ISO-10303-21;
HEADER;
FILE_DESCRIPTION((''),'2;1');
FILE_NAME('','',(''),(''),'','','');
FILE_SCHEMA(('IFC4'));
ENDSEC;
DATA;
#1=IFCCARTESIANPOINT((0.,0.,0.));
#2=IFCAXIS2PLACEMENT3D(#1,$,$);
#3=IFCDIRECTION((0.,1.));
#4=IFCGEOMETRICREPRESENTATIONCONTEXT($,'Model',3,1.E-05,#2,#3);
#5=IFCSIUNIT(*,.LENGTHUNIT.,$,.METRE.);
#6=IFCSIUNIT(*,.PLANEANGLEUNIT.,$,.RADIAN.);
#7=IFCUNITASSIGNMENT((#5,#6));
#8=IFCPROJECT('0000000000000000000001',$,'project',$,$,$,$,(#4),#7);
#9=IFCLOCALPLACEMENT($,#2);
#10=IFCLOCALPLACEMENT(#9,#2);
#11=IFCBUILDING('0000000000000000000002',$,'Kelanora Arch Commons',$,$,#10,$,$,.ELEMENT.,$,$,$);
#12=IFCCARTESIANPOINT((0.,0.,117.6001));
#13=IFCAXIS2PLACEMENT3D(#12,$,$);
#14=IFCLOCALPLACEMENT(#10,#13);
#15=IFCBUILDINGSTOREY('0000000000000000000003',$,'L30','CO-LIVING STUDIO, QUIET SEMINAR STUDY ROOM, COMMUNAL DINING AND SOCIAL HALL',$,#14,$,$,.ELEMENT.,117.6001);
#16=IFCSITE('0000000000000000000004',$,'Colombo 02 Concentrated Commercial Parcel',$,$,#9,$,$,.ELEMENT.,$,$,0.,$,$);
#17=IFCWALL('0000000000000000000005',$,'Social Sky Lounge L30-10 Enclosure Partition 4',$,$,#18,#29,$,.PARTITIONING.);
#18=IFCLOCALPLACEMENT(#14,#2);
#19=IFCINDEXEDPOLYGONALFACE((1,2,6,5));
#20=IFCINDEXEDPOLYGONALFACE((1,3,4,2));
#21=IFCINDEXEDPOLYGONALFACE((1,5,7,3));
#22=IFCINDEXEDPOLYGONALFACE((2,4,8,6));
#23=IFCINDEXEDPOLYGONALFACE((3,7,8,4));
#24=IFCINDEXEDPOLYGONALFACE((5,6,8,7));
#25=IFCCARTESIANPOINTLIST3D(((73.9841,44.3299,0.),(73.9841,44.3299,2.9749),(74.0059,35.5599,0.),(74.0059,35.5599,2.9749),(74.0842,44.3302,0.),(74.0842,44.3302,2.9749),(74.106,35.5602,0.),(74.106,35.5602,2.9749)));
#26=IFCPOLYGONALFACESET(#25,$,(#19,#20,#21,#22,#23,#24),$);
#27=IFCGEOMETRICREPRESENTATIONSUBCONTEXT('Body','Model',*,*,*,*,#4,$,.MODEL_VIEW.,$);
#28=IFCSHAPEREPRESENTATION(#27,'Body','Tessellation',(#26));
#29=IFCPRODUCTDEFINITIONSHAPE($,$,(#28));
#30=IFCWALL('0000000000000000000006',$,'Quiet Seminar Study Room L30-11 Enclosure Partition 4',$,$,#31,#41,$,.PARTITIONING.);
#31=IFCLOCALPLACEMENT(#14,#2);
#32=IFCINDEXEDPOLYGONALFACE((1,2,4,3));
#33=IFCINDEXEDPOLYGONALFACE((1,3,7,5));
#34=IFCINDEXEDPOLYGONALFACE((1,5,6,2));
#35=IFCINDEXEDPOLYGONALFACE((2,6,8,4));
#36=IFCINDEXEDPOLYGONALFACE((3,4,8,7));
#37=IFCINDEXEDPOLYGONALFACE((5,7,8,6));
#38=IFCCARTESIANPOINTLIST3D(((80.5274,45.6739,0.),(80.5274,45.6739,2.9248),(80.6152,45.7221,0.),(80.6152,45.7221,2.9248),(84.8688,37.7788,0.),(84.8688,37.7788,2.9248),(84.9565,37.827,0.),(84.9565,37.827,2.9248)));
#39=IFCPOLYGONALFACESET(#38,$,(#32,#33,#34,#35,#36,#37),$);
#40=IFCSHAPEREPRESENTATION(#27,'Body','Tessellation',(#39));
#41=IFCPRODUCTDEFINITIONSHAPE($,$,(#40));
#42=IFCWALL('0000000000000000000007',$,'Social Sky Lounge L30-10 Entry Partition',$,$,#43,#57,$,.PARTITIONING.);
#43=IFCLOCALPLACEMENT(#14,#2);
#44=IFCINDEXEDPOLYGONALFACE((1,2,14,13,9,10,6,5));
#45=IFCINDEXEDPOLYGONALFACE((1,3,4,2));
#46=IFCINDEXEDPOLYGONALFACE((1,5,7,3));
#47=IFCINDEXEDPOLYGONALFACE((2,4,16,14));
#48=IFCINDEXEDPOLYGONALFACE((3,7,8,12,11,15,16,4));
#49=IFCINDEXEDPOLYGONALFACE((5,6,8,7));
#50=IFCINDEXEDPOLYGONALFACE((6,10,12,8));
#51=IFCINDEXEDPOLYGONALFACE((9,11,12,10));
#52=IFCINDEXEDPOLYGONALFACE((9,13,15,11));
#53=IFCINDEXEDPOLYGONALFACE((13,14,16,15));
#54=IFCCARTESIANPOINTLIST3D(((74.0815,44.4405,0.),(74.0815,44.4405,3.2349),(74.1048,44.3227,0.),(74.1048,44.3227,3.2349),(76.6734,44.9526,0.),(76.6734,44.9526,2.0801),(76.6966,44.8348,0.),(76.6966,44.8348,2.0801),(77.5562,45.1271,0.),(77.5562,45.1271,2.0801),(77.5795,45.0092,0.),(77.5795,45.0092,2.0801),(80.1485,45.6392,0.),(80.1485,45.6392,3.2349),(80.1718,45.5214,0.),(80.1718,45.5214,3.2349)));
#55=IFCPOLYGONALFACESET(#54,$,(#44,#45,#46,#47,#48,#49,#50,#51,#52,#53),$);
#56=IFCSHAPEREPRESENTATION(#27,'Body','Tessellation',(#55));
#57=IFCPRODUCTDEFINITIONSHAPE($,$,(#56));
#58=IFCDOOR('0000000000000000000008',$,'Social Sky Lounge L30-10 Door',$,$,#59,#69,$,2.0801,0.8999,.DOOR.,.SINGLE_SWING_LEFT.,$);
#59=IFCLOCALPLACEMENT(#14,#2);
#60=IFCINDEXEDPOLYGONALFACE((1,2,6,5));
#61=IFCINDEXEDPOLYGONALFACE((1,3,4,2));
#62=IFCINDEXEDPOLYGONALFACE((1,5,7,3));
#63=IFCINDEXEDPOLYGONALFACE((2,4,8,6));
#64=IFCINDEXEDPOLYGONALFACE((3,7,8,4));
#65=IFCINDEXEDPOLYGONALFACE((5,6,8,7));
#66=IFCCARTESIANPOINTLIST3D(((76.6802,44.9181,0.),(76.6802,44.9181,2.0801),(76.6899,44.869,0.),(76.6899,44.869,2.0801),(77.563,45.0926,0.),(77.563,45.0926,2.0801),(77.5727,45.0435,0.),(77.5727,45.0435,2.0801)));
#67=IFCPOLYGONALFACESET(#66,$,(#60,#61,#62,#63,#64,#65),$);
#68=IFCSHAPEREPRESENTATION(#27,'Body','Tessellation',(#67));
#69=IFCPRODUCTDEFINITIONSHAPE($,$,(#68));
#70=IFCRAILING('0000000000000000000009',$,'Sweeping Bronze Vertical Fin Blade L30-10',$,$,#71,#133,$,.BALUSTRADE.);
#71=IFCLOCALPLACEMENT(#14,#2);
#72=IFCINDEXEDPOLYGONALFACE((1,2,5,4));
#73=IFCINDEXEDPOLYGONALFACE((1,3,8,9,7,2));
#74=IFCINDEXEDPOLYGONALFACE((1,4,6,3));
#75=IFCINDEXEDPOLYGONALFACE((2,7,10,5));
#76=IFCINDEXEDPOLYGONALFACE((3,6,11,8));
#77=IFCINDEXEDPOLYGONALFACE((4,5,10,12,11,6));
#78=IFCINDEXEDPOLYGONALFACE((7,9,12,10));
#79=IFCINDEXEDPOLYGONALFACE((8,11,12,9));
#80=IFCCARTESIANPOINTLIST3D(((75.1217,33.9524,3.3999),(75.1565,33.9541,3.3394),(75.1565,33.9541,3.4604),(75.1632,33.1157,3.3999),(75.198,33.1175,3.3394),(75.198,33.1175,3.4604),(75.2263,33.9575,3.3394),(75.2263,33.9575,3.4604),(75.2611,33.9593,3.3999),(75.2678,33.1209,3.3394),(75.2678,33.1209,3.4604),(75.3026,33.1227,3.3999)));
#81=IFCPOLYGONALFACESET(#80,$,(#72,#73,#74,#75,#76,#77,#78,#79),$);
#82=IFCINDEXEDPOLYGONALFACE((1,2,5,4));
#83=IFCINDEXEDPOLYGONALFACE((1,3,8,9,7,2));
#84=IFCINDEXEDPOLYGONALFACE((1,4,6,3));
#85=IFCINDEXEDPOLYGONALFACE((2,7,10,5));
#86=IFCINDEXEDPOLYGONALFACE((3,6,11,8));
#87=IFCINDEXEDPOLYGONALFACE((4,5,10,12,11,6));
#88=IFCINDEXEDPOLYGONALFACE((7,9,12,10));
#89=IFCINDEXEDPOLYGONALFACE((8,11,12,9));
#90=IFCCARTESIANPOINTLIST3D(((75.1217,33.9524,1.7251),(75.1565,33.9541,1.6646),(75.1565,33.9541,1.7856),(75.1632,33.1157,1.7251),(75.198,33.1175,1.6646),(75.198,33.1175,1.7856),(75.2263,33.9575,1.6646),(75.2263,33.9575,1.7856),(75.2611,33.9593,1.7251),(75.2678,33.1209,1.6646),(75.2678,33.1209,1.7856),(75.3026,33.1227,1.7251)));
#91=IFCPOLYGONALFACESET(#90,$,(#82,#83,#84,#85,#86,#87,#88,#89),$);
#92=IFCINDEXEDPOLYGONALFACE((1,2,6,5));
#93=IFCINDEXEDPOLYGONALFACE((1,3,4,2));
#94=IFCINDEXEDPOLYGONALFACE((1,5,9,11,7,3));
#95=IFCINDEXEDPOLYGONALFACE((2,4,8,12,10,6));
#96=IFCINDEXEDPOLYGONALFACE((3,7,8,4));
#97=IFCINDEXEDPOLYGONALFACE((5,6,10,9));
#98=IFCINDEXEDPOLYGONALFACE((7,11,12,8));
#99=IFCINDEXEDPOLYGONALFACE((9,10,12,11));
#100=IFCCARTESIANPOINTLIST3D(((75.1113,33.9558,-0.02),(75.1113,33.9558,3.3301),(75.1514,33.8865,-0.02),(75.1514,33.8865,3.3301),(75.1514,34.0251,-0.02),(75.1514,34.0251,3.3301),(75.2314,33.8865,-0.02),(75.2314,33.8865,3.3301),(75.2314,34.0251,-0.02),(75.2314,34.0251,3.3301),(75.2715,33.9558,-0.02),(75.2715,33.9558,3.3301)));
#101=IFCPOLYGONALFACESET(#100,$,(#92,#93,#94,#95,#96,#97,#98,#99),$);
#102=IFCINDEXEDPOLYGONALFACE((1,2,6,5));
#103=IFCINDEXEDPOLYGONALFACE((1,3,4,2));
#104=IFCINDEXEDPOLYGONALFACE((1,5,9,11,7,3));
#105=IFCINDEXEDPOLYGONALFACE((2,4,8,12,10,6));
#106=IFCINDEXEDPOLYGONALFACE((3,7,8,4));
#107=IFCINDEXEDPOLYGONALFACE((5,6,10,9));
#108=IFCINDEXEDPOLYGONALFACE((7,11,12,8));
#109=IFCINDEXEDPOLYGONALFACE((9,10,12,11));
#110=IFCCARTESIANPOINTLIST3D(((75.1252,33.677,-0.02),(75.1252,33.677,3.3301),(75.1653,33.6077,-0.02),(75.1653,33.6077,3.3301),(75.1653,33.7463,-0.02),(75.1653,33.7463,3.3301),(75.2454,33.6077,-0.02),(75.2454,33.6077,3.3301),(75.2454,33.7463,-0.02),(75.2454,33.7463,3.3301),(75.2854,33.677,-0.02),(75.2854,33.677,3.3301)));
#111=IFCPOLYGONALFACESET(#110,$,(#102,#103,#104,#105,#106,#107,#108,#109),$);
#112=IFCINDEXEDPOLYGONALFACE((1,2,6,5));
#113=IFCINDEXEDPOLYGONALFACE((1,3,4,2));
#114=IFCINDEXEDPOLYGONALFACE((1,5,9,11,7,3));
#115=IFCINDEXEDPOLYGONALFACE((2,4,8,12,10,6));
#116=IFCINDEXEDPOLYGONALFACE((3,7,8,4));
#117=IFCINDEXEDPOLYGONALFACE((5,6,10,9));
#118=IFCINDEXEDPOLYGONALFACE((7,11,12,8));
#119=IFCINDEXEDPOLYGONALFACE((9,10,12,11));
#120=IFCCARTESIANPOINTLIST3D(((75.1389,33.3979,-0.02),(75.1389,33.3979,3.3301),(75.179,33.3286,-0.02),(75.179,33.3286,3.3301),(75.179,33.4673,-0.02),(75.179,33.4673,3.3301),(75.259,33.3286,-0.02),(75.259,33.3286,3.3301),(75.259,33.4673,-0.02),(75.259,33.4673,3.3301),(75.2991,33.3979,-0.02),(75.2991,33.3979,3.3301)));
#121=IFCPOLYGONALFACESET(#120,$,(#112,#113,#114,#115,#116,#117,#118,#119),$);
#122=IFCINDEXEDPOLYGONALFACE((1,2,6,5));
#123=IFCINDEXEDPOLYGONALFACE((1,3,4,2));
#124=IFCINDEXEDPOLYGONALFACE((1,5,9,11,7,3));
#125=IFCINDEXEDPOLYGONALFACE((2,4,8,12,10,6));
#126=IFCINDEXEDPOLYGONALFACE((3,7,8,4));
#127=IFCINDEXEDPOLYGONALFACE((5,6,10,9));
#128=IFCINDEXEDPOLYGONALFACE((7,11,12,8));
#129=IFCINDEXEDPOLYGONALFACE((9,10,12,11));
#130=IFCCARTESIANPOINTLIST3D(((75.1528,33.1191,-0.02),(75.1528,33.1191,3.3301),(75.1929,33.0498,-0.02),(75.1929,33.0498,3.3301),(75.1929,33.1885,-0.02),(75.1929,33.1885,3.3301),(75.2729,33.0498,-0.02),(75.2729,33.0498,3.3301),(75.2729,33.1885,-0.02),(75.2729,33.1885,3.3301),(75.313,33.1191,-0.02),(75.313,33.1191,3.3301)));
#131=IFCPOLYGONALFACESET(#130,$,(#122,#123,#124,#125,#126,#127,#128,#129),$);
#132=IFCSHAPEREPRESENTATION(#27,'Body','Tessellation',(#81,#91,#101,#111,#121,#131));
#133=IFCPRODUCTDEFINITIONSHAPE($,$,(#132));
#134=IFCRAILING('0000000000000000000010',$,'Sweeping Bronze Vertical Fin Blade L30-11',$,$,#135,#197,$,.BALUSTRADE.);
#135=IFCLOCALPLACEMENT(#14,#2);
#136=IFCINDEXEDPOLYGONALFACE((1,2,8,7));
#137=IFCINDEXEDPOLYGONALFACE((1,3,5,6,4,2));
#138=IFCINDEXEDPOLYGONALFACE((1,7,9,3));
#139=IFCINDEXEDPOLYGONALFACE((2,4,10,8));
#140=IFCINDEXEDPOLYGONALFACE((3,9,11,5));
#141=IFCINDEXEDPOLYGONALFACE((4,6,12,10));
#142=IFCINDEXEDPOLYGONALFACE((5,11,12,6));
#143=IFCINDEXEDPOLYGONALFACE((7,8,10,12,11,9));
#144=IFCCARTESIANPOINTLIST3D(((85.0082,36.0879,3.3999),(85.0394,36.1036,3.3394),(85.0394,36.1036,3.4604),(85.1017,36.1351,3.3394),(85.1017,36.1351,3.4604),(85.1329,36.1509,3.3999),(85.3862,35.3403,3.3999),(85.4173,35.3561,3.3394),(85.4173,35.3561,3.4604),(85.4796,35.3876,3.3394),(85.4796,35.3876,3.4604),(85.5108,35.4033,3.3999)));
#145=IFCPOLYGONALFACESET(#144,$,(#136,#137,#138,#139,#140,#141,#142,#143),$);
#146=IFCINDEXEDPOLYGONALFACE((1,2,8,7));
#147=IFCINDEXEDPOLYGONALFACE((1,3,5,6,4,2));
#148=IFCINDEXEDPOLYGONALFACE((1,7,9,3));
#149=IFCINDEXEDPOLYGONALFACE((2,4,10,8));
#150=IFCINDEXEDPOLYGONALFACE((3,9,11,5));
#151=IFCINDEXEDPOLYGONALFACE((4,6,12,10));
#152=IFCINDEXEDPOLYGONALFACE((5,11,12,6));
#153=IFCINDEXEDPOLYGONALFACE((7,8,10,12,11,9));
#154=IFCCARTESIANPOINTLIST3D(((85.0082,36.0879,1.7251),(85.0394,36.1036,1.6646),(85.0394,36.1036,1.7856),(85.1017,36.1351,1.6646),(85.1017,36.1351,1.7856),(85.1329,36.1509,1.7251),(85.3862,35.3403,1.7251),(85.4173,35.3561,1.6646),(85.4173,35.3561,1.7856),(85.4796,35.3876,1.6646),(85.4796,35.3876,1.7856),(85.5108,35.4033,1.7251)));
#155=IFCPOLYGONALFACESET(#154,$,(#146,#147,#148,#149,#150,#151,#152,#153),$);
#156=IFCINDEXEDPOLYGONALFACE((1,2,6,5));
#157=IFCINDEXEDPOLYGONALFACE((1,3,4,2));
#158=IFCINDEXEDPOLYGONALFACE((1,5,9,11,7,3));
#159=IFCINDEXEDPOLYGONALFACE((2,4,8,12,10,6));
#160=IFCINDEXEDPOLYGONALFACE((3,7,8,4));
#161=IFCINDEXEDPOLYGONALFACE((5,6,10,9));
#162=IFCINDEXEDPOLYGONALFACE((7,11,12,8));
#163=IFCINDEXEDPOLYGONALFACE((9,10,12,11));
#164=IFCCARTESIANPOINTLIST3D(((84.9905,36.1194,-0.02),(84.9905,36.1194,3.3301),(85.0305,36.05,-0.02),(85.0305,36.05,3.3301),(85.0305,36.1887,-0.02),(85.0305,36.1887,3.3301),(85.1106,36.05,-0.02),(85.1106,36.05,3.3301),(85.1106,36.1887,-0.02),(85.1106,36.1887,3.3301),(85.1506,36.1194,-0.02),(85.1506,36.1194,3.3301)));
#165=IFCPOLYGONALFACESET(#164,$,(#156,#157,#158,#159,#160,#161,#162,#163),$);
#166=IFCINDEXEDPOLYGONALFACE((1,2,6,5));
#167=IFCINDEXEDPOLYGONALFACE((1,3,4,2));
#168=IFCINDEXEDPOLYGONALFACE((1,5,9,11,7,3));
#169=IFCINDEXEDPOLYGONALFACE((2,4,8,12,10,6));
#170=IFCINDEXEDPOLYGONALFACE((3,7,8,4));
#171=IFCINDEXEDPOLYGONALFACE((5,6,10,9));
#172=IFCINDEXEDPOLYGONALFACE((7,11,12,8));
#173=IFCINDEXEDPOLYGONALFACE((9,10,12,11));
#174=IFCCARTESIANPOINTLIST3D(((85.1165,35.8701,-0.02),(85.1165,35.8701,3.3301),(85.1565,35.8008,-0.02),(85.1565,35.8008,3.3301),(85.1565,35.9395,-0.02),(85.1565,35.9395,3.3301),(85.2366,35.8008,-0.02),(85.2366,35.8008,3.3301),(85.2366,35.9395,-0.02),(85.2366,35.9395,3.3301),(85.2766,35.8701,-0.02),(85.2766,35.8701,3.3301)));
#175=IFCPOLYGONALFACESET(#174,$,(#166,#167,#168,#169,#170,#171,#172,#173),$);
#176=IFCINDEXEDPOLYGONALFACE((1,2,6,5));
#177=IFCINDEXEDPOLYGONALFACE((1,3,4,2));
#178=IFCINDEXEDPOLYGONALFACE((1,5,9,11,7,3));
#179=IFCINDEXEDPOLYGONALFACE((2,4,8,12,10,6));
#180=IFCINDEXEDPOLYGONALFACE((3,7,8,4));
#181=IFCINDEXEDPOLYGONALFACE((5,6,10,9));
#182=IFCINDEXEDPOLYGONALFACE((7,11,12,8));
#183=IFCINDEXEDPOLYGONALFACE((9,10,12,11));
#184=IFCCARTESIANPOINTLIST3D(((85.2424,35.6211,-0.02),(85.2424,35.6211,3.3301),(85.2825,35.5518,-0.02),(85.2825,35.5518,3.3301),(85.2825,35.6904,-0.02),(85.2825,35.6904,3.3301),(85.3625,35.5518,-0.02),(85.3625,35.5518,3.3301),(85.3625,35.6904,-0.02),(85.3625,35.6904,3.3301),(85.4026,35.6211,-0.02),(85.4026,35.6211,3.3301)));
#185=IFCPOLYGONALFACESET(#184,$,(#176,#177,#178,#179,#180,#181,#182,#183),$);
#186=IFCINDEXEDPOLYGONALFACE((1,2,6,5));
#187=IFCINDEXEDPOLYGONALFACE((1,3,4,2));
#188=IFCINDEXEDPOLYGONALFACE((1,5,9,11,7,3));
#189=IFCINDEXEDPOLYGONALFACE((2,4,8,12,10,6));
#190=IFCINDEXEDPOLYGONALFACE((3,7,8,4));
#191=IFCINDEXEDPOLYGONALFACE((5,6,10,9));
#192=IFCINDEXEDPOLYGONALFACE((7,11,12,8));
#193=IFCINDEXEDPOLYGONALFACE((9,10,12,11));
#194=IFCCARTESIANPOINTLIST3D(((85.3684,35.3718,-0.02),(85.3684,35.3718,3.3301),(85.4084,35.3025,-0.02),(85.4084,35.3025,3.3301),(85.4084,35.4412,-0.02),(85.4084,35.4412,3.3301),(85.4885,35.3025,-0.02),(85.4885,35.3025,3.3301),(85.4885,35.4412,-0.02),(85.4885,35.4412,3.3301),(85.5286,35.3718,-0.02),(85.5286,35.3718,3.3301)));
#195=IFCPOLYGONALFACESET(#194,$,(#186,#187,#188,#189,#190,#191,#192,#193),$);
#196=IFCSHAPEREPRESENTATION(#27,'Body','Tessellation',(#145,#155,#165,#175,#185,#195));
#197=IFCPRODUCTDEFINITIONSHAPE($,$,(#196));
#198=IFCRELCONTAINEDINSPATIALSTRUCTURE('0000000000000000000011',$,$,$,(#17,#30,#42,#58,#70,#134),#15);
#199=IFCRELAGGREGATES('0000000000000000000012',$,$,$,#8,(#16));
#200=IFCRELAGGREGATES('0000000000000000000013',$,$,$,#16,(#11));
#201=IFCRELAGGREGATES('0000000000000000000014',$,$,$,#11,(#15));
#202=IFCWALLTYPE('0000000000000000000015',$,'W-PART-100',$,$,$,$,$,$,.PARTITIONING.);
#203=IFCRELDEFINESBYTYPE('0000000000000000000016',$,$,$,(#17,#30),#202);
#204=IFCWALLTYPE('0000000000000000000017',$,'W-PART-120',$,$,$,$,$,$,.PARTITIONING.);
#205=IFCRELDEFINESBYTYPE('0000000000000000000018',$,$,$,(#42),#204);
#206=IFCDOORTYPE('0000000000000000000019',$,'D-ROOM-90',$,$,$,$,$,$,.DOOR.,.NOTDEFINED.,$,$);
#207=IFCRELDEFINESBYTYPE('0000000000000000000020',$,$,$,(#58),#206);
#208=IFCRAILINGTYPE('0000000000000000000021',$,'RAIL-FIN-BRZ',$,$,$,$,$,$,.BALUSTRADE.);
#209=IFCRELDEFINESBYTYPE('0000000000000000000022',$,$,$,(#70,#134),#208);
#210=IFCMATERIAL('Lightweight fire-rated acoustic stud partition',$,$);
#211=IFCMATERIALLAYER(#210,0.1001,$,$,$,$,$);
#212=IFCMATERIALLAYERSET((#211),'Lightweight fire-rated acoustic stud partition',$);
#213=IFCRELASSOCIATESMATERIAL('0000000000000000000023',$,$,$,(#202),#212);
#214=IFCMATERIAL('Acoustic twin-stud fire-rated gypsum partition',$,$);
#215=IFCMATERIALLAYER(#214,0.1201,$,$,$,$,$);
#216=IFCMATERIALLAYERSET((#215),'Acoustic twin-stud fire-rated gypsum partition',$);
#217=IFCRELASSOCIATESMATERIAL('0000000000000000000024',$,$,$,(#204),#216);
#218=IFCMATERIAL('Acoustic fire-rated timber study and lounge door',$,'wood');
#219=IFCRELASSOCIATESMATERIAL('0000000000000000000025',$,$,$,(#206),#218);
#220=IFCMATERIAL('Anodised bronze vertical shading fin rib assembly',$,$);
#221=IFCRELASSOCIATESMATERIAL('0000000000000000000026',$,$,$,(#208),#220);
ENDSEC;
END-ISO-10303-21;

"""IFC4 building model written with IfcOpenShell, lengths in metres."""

from ifc_helpers import new_model, si_unit, direction, frame, frame_2d, origin, place, context, subcontext, project, spatial, polyline, rectangle, outline, extrude, material, layer, layer_set, type_object, element, fill, save


model = new_model("IFC4")

# Units and contexts
model_context = context("Model", 3, precision=1e-05, world=origin(), true_north=direction((0.0, 1.0)))
body_context = subcontext(model_context, "Body", "Model", "MODEL_VIEW")
ifc_project = project(units=[si_unit("LENGTHUNIT", "METRE"), si_unit("PLANEANGLEUNIT", "RADIAN")], contexts=[model_context])

# Site, building, storey
site_placement = place(None, origin())
site = spatial("IfcSite", under=ifc_project, at=site_placement, Name="Colombo 02 Concentrated Commercial Parcel", CompositionType="ELEMENT", RefElevation=0.0)
building_placement = place(site_placement, origin())
building = spatial("IfcBuilding", under=site, at=building_placement, Name="Kelanora Arch Commons", CompositionType="ELEMENT")
storey_placement = place(building_placement, frame((0.0, 0.0, 117.6001)))
storey = spatial("IfcBuildingStorey", under=building, at=storey_placement, Name="L30", Description="CO-LIVING STUDIO, QUIET SEMINAR STUDY ROOM, COMMUNAL DINING AND SOCIAL HALL", CompositionType="ELEMENT", Elevation=117.6001)

# Walls
ifc_material_1 = material(Name="Lightweight fire-rated acoustic stud partition")
ifc_layer_1 = layer(ifc_material_1, 0.1001)
ifc_layer_set_1 = layer_set([ifc_layer_1], Name="Lightweight fire-rated acoustic stud partition")
wall_type_1 = type_object("IfcWallType", Name="W-PART-100", PredefinedType="PARTITIONING", material=ifc_layer_set_1)
wall_1_placement = place(storey_placement, frame((74.0559, 35.5601, 0.0), z_axis=(0.0, 0.0, 1.0), x_axis=(-0.002478, 0.999997, 0.0)))
element("IfcWall", 1, at=wall_1_placement, inside=storey, type_object=wall_type_1, Name="Social Sky Lounge L30-10 Enclosure Partition 4", PredefinedType="PARTITIONING", context=body_context, shape_type="SweptSolid", body=[
    extrude(rectangle(XDim=8.77, YDim=0.1001, at=frame_2d((4.385, 0.0))), origin(), (0.0, 0.0, 1.0), 2.9749),
])
wall_2_placement = place(storey_placement, frame((84.9126, 37.803, 0.0), z_axis=(0.0, 0.0, 1.0), x_axis=(-0.481838, 0.876261, 0.0)))
element("IfcWall", 2, at=wall_2_placement, inside=storey, type_object=wall_type_1, Name="Quiet Seminar Study Room L30-11 Enclosure Partition 4", PredefinedType="PARTITIONING", context=body_context, shape_type="SweptSolid", body=[
    extrude(rectangle(XDim=9.01, YDim=0.1001, at=frame_2d((4.5049, 0.0))), origin(), (0.0, 0.0, 1.0), 2.9248),
])

# Wall, opening, door
ifc_material_2 = material(Name="Acoustic twin-stud fire-rated gypsum partition")
ifc_layer_2 = layer(ifc_material_2, 0.1201)
ifc_layer_set_2 = layer_set([ifc_layer_2], Name="Acoustic twin-stud fire-rated gypsum partition")
wall_type_2 = type_object("IfcWallType", Name="W-PART-120", PredefinedType="PARTITIONING", material=ifc_layer_set_2)
wall_3_placement = place(storey_placement, frame((74.093, 44.3816, 0.0), z_axis=(0.0, 0.0, 1.0), x_axis=(0.981035, 0.193831, 0.0)))
wall_3 = element("IfcWall", 3, at=wall_3_placement, inside=storey, type_object=wall_type_2, Name="Social Sky Lounge L30-10 Entry Partition", PredefinedType="PARTITIONING", context=body_context, shape_type="SweptSolid", body=[
    extrude(rectangle(XDim=6.1843, YDim=0.1201, at=frame_2d((3.0923, 0.0))), origin(), (0.0, 0.0, 1.0), 3.2349),
])
opening_placement = place(wall_3_placement, frame((2.6421, 0.0, 0.0)))
opening = element("IfcOpeningElement", 4, at=opening_placement, cuts=wall_3, PredefinedType="OPENING", context=body_context, shape_type="SweptSolid", body=[
    extrude(rectangle(XDim=0.8999, YDim=2.0801, at=frame_2d((0.45, 1.04))), frame((0.0, 0.0701, 0.0), z_axis=(0.0, -1.0, 0.0), x_axis=(1.0, 0.0, 0.0)), (0.0, 0.0, 1.0), 0.1401),
])
ifc_material_3 = material(Name="Acoustic fire-rated timber study and lounge door", Category="wood")
door_type = type_object("IfcDoorType", Name="D-ROOM-90", OperationType="NOTDEFINED", PredefinedType="DOOR", material=ifc_material_3)
door_placement = place(opening_placement, origin())
door = element("IfcDoor", 5, at=door_placement, inside=storey, type_object=door_type, Name="Social Sky Lounge L30-10 Door", OperationType="SINGLE_SWING_LEFT", OverallHeight=2.0801, OverallWidth=0.8999, PredefinedType="DOOR", context=body_context, shape_type="SweptSolid", body=[
    extrude(rectangle(XDim=0.8999, YDim=2.0801, at=frame_2d((0.45, 1.04))), frame((0.0, 0.0249, 0.0), z_axis=(0.0, -1.0, 0.0), x_axis=(1.0, 0.0, 0.0)), (0.0, 0.0, 1.0), 0.05),
])
fill(opening, door)

# Railings
ifc_material_4 = material(Name="Anodised bronze vertical shading fin rib assembly")
railing_type = type_object("IfcRailingType", Name="RAIL-FIN-BRZ", PredefinedType="BALUSTRADE", material=ifc_material_4)
railing_1_placement = place(storey_placement, frame((75.1914, 33.9558, -0.02)))
element("IfcRailing", 6, at=railing_1_placement, inside=storey, type_object=railing_type, Name="Sweeping Bronze Vertical Fin Blade L30-10", PredefinedType="BALUSTRADE", context=body_context, shape_type="SweptSolid", body=[
    extrude(outline(polyline([(0.0698, 0.0), (0.0349, 0.0605), (-0.0349, 0.0605), (-0.0698, 0.0), (-0.0349, -0.0605), (0.0349, -0.0605), (0.0698, 0.0)])), frame((0.0, 0.0, 3.4199), z_axis=(0.049545, -0.998772, 0.0), x_axis=(0.998772, 0.049545, 0.0)), (0.0, 0.0, 1.0), 0.8376),
    extrude(outline(polyline([(0.0698, 0.0), (0.0349, 0.0605), (-0.0349, 0.0605), (-0.0698, 0.0), (-0.0349, -0.0605), (0.0349, -0.0605), (0.0698, 0.0)])), frame((0.0, 0.0, 1.7451), z_axis=(0.049545, -0.998772, 0.0), x_axis=(0.998772, 0.049545, 0.0)), (0.0, 0.0, 1.0), 0.8376),
    extrude(outline(polyline([(0.0801, 0.0), (0.04, 0.0693), (-0.04, 0.0693), (-0.0801, 0.0), (-0.04, -0.0693), (0.04, -0.0693), (0.0801, 0.0)])), origin(), (0.0, 0.0, 1.0), 3.3501),
    extrude(outline(polyline([(0.0801, 0.0), (0.04, 0.0693), (-0.04, 0.0693), (-0.0801, 0.0), (-0.04, -0.0693), (0.04, -0.0693), (0.0801, 0.0)])), frame((0.0139, -0.2788, 0.0)), (0.0, 0.0, 1.0), 3.3501),
    extrude(outline(polyline([(0.0801, 0.0), (0.04, 0.0693), (-0.04, 0.0693), (-0.0801, 0.0), (-0.04, -0.0693), (0.04, -0.0693), (0.0801, 0.0)])), frame((0.0276, -0.5579, 0.0)), (0.0, 0.0, 1.0), 3.3501),
    extrude(outline(polyline([(0.0801, 0.0), (0.04, 0.0693), (-0.04, 0.0693), (-0.0801, 0.0), (-0.04, -0.0693), (0.04, -0.0693), (0.0801, 0.0)])), frame((0.0415, -0.8367, 0.0)), (0.0, 0.0, 1.0), 3.3501),
])
railing_2_placement = place(storey_placement, frame((85.0706, 36.1194, -0.02)))
element("IfcRailing", 7, at=railing_2_placement, inside=storey, type_object=railing_type, Name="Sweeping Bronze Vertical Fin Blade L30-11", PredefinedType="BALUSTRADE", context=body_context, shape_type="SweptSolid", body=[
    extrude(outline(polyline([(0.0698, 0.0), (0.0349, 0.0605), (-0.0349, 0.0605), (-0.0698, 0.0), (-0.0349, -0.0605), (0.0349, -0.0605), (0.0698, 0.0)])), frame((0.0, 0.0, 3.4199), z_axis=(0.451173, -0.892437, 0.0), x_axis=(0.892437, 0.451173, 0.0)), (0.0, 0.0, 1.0), 0.8376),
    extrude(outline(polyline([(0.0698, 0.0), (0.0349, 0.0605), (-0.0349, 0.0605), (-0.0698, 0.0), (-0.0349, -0.0605), (0.0349, -0.0605), (0.0698, 0.0)])), frame((0.0, 0.0, 1.7451), z_axis=(0.451173, -0.892437, 0.0), x_axis=(0.892437, 0.451173, 0.0)), (0.0, 0.0, 1.0), 0.8376),
    extrude(outline(polyline([(0.0801, 0.0), (0.04, 0.0693), (-0.04, 0.0693), (-0.0801, 0.0), (-0.04, -0.0693), (0.04, -0.0693), (0.0801, 0.0)])), origin(), (0.0, 0.0, 1.0), 3.3501),
    extrude(outline(polyline([(0.0801, 0.0), (0.04, 0.0693), (-0.04, 0.0693), (-0.0801, 0.0), (-0.04, -0.0693), (0.04, -0.0693), (0.0801, 0.0)])), frame((0.126, -0.2493, 0.0)), (0.0, 0.0, 1.0), 3.3501),
    extrude(outline(polyline([(0.0801, 0.0), (0.04, 0.0693), (-0.04, 0.0693), (-0.0801, 0.0), (-0.04, -0.0693), (0.04, -0.0693), (0.0801, 0.0)])), frame((0.252, -0.4983, 0.0)), (0.0, 0.0, 1.0), 3.3501),
    extrude(outline(polyline([(0.0801, 0.0), (0.04, 0.0693), (-0.04, 0.0693), (-0.0801, 0.0), (-0.04, -0.0693), (0.04, -0.0693), (0.0801, 0.0)])), frame((0.3779, -0.7476, 0.0)), (0.0, 0.0, 1.0), 3.3501),
])

save(model, "model.ifc")
